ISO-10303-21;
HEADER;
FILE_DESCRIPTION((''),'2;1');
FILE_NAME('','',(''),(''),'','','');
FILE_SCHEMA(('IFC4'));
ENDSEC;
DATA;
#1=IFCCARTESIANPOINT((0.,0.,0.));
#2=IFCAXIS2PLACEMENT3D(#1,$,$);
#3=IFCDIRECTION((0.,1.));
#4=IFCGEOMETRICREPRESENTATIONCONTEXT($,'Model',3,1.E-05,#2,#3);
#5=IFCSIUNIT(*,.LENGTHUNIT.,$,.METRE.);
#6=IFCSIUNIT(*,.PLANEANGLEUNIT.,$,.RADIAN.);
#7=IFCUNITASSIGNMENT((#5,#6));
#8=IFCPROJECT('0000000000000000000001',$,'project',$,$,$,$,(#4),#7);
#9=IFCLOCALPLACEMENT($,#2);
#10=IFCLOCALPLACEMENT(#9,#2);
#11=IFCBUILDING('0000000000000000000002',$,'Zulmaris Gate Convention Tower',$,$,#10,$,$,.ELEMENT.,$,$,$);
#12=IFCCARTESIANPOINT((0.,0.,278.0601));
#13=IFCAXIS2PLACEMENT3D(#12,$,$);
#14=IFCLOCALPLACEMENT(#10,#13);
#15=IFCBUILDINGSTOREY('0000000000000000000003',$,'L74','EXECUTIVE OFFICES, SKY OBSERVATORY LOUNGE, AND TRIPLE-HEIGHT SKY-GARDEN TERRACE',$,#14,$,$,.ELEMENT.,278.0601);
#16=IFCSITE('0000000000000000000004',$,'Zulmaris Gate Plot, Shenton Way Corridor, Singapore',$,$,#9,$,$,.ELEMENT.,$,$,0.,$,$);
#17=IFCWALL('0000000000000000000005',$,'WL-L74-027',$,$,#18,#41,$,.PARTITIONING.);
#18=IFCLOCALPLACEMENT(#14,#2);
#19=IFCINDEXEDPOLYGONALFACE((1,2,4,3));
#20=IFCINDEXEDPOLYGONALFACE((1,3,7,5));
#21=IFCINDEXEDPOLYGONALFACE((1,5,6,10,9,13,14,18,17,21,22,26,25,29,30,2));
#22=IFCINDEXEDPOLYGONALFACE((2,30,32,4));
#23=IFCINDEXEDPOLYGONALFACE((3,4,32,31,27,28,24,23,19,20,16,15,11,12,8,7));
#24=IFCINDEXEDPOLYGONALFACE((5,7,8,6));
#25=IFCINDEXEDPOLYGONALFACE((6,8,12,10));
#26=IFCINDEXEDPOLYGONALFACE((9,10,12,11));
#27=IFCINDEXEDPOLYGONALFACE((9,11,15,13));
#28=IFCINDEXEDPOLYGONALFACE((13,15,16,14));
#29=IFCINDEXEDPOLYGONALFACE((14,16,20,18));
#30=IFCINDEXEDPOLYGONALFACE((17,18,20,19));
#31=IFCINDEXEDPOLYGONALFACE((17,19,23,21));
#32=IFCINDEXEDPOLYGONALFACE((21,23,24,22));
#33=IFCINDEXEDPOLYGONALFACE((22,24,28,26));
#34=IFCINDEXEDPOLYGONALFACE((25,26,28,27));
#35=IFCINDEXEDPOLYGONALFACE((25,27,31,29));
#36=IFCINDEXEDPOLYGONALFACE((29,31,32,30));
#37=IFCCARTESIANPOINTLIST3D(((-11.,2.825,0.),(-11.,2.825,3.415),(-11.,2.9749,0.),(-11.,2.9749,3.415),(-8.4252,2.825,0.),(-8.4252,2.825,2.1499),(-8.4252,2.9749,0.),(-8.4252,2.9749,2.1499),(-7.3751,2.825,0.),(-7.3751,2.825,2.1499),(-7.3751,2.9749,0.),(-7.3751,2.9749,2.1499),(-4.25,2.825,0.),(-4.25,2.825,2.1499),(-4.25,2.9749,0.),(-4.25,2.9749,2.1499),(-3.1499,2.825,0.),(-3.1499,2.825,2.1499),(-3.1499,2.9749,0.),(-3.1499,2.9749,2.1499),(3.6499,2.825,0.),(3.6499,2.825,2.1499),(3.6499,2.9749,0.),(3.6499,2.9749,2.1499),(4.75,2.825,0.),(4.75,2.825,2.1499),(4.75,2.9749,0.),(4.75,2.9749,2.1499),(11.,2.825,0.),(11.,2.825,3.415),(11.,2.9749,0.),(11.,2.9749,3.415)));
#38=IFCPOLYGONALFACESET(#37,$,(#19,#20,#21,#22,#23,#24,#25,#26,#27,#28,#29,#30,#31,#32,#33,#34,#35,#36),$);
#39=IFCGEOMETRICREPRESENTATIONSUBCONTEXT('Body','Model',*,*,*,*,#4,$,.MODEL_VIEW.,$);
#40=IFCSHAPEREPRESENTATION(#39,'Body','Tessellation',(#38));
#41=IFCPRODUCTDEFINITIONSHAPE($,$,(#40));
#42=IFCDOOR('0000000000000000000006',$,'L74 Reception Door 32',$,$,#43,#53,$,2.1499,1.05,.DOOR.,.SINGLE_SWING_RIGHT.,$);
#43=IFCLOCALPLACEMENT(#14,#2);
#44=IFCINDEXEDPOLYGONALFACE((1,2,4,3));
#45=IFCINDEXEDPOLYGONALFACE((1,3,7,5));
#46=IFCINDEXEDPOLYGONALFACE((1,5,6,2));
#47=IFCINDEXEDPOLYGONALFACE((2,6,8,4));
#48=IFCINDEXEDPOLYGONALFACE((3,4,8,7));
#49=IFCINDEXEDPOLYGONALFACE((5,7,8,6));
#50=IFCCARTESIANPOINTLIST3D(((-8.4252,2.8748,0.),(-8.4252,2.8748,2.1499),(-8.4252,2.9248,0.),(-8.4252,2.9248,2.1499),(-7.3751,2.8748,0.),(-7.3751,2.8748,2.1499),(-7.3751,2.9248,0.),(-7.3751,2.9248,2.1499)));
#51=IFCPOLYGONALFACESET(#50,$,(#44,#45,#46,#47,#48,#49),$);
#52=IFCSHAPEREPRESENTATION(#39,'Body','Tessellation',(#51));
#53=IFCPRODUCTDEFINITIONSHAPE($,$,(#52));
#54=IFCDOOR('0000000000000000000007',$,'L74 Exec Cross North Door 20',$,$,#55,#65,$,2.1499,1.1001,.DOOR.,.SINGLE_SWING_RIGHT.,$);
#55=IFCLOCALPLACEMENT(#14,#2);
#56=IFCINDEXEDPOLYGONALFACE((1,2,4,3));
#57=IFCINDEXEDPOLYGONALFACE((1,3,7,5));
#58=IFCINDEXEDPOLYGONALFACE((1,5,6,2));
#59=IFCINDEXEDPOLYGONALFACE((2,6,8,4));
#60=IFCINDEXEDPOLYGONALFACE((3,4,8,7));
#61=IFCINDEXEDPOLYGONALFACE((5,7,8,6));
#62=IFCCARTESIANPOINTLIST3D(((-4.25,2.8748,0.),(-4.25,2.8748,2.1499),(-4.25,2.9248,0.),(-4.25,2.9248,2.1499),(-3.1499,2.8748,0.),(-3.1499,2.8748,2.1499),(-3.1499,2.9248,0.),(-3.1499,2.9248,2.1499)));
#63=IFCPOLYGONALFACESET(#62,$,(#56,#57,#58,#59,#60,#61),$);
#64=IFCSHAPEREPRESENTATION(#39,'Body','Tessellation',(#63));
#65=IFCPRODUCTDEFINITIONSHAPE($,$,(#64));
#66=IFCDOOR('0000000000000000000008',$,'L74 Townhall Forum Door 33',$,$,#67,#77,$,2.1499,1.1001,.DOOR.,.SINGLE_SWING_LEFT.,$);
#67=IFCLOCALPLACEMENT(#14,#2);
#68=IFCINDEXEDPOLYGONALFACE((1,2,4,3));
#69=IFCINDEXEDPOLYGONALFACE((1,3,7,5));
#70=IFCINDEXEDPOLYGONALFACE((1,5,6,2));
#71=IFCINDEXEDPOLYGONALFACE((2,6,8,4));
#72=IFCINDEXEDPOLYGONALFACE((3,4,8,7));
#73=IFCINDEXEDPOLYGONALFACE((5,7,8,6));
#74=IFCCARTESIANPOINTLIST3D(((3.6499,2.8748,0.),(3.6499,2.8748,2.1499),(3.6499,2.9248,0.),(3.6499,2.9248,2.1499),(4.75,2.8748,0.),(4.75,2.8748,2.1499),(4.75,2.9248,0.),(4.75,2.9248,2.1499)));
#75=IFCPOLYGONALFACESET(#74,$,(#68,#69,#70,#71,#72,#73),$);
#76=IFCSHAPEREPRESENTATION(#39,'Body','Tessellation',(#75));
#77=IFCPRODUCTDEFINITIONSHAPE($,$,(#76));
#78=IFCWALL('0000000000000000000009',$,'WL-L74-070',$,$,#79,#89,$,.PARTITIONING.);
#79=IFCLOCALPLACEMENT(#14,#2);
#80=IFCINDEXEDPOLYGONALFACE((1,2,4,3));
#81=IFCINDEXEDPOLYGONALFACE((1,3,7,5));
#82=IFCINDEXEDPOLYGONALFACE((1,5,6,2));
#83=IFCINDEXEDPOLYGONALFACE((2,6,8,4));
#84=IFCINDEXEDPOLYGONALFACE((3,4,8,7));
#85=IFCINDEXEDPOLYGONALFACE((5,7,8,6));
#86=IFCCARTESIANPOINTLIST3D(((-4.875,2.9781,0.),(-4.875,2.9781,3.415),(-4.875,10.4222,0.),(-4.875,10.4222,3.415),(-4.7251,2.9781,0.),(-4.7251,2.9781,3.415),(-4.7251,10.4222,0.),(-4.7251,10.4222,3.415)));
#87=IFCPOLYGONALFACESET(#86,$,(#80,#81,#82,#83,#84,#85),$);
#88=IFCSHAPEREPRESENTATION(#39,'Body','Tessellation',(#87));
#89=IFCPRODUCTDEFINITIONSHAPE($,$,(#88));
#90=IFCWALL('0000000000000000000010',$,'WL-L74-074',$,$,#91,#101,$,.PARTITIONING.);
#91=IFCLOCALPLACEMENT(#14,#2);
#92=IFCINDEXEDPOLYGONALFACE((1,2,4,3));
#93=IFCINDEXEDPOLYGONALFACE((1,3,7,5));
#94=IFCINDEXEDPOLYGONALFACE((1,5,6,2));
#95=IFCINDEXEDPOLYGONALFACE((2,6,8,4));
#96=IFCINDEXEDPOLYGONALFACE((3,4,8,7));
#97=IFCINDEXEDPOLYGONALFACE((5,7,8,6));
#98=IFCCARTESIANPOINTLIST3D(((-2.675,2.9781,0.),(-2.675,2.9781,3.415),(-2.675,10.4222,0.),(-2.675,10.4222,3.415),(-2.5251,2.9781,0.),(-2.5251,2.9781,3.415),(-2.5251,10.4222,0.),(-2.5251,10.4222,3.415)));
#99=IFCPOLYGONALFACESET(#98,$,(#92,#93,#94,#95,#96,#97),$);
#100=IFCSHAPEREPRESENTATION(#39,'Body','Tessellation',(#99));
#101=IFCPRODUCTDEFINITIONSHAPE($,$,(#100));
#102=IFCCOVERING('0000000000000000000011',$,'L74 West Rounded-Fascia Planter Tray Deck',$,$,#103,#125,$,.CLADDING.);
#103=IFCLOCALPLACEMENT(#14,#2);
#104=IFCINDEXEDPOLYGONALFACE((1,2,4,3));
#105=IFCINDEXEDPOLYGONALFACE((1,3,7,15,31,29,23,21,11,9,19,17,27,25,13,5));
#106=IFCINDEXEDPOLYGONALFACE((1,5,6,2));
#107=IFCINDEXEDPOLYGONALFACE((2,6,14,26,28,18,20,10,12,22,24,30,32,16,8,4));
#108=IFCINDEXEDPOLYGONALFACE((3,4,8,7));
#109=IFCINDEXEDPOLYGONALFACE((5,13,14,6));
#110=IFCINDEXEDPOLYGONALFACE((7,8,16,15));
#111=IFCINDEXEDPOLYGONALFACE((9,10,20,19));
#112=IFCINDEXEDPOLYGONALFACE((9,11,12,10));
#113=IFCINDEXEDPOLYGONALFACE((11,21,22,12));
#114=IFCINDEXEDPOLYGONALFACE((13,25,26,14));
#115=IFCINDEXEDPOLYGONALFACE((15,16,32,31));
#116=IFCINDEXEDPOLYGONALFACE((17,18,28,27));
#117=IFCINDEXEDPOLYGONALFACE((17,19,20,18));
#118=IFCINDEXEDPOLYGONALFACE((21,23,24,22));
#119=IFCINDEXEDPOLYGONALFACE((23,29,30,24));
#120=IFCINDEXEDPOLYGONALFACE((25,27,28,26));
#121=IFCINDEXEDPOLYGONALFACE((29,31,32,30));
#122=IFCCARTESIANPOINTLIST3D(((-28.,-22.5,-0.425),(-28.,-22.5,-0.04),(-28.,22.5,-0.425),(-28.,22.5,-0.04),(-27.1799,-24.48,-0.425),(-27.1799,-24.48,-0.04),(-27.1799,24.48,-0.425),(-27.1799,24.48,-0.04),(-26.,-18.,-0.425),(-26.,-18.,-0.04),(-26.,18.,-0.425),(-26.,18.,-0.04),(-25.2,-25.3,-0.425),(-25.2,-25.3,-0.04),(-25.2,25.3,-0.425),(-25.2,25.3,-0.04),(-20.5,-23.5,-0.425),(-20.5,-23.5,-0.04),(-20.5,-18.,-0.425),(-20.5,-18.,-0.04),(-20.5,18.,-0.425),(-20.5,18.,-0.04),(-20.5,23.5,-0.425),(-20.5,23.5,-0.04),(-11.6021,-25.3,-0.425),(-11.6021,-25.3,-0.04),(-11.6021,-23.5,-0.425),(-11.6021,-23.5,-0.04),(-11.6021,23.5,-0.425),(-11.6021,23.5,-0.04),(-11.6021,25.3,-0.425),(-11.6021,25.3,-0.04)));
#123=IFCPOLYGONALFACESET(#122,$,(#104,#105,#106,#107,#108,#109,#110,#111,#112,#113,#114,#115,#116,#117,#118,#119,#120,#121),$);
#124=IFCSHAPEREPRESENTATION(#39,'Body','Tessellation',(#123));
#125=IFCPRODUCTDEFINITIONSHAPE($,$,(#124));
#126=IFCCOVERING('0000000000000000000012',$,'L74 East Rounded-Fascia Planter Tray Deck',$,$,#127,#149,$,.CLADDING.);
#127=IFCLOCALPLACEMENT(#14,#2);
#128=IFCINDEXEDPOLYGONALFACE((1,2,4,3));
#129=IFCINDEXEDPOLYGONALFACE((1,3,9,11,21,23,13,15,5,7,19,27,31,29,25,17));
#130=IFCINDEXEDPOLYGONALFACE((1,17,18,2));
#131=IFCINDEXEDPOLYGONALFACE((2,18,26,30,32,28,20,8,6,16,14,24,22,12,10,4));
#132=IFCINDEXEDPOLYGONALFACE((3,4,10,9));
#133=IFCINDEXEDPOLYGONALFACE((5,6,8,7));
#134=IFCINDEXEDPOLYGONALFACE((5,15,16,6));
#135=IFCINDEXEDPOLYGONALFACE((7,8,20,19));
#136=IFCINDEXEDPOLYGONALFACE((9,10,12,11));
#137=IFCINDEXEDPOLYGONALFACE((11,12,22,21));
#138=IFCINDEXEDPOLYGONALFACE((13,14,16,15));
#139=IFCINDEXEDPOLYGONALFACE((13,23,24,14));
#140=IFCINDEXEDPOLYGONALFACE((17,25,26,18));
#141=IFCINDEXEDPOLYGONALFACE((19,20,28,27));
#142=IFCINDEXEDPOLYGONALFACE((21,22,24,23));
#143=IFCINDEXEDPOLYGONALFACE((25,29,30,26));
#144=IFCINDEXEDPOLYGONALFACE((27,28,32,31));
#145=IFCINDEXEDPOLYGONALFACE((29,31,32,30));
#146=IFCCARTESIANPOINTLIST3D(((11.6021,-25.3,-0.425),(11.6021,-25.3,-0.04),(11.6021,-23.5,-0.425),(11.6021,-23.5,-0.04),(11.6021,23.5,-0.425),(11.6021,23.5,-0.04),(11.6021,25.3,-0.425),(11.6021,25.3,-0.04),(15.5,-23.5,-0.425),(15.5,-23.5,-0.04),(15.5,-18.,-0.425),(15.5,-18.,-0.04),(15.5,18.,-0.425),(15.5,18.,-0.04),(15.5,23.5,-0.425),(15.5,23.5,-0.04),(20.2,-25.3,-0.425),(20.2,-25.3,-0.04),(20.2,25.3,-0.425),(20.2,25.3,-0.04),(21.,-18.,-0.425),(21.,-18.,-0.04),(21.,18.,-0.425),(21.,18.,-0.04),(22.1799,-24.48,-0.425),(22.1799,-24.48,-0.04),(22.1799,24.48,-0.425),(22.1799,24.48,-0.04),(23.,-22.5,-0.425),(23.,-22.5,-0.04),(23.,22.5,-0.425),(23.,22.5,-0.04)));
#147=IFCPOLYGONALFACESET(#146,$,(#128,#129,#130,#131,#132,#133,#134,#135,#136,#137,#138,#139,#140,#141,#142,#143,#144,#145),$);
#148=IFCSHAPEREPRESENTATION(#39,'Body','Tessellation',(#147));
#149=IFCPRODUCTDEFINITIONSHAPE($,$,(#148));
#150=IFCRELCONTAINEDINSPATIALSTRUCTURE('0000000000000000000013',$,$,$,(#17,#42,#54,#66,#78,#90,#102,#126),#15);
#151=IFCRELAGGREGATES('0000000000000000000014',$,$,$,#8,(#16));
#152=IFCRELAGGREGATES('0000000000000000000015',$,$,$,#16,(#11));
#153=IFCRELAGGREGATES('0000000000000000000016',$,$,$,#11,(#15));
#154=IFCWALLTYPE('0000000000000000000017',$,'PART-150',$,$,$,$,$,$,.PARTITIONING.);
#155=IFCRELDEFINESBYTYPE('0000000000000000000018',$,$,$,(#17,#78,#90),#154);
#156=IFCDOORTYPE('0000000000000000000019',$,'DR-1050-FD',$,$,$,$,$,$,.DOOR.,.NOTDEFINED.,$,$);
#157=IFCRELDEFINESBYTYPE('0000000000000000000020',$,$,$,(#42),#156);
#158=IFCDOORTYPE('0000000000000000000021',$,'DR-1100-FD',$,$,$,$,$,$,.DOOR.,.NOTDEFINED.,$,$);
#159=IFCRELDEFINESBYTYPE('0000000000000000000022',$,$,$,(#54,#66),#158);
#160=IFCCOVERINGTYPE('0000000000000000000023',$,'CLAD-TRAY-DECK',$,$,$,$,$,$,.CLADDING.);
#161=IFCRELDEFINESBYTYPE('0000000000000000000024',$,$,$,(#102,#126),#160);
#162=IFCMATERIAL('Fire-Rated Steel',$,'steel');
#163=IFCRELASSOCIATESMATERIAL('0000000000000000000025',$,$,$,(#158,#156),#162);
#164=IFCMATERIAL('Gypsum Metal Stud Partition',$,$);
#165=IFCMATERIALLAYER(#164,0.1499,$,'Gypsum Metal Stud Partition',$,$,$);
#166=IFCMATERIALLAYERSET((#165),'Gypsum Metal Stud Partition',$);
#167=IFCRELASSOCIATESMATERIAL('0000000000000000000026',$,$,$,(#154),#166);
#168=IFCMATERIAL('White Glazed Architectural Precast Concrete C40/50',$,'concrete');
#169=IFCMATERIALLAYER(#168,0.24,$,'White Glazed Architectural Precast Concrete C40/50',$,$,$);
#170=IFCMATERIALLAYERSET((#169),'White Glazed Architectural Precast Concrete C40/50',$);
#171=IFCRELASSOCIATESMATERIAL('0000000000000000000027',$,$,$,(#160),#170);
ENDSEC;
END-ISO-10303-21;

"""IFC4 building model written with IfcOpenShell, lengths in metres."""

from ifc_helpers import new_model, si_unit, direction, frame, frame_2d, origin, place, context, subcontext, project, spatial, polyline, rectangle, outline, extrude, material, layer, layer_set, type_object, element, fill, save


model = new_model("IFC4")

# Units and contexts
model_context = context("Model", 3, precision=1e-05, world=origin(), true_north=direction((0.0, 1.0)))
body_context = subcontext(model_context, "Body", "Model", "MODEL_VIEW")
ifc_project = project(units=[si_unit("LENGTHUNIT", "METRE"), si_unit("PLANEANGLEUNIT", "RADIAN")], contexts=[model_context])

# Site, building, storey
site_placement = place(None, origin())
site = spatial("IfcSite", under=ifc_project, at=site_placement, Name="Zulmaris Gate Plot, Shenton Way Corridor, Singapore", CompositionType="ELEMENT", RefElevation=0.0)
building_placement = place(site_placement, origin())
building = spatial("IfcBuilding", under=site, at=building_placement, Name="Zulmaris Gate Convention Tower", CompositionType="ELEMENT")
storey_placement = place(building_placement, frame((0.0, 0.0, 278.0601)))
storey = spatial("IfcBuildingStorey", under=building, at=storey_placement, Name="L74", Description="EXECUTIVE OFFICES, SKY OBSERVATORY LOUNGE, AND TRIPLE-HEIGHT SKY-GARDEN TERRACE", CompositionType="ELEMENT", Elevation=278.0601)

# Shared definitions
ifc_material_1 = material(Name="Fire-Rated Steel", Category="steel")
door_type_1 = type_object("IfcDoorType", Name="DR-1100-FD", OperationType="NOTDEFINED", PredefinedType="DOOR", material=ifc_material_1)

# Wall, openings, doors
ifc_material_2 = material(Name="Gypsum Metal Stud Partition")
ifc_layer_1 = layer(ifc_material_2, 0.1499, Name="Gypsum Metal Stud Partition")
ifc_layer_set_1 = layer_set([ifc_layer_1], Name="Gypsum Metal Stud Partition")
wall_type_1 = type_object("IfcWallType", Name="PART-150", PredefinedType="PARTITIONING", material=ifc_layer_set_1)
wall_1_placement = place(storey_placement, frame((-11.0, 2.8999, 0.0), z_axis=(0.0, 0.0, 1.0), x_axis=(1.0, 0.0, 0.0)))
wall_1 = element("IfcWall", 1, at=wall_1_placement, inside=storey, type_object=wall_type_1, Name="WL-L74-027", PredefinedType="PARTITIONING", context=body_context, shape_type="SweptSolid", body=[
    extrude(rectangle(XDim=22.0, YDim=0.1499, at=frame_2d((11.0, 0.0))), origin(), (0.0, 0.0, 1.0), 3.415),
])
opening_1_placement = place(wall_1_placement, frame((6.75, 0.0, 0.0)))
opening_1 = element("IfcOpeningElement", 2, at=opening_1_placement, cuts=wall_1, PredefinedType="OPENING", context=body_context, shape_type="SweptSolid", body=[
    extrude(rectangle(XDim=1.1001, YDim=2.1499, at=frame_2d((0.55, 1.075))), frame((0.0, 0.085, 0.0), z_axis=(0.0, -1.0, 0.0), x_axis=(1.0, 0.0, 0.0)), (0.0, 0.0, 1.0), 0.1699),
])
opening_2_placement = place(wall_1_placement, frame((2.575, 0.0, 0.0)))
opening_2 = element("IfcOpeningElement", 3, at=opening_2_placement, cuts=wall_1, PredefinedType="OPENING", context=body_context, shape_type="SweptSolid", body=[
    extrude(rectangle(XDim=1.05, YDim=2.1499, at=frame_2d((0.5249, 1.075))), frame((0.0, 0.085, 0.0), z_axis=(0.0, -1.0, 0.0), x_axis=(1.0, 0.0, 0.0)), (0.0, 0.0, 1.0), 0.1699),
])
opening_3_placement = place(wall_1_placement, frame((14.6499, 0.0, 0.0)))
opening_3 = element("IfcOpeningElement", 4, at=opening_3_placement, cuts=wall_1, PredefinedType="OPENING", context=body_context, shape_type="SweptSolid", body=[
    extrude(rectangle(XDim=1.1001, YDim=2.1499, at=frame_2d((0.55, 1.075))), frame((0.0, 0.085, 0.0), z_axis=(0.0, -1.0, 0.0), x_axis=(1.0, 0.0, 0.0)), (0.0, 0.0, 1.0), 0.1699),
])
door_type_2 = type_object("IfcDoorType", Name="DR-1050-FD", OperationType="NOTDEFINED", PredefinedType="DOOR", material=ifc_material_1)
door_1_placement = place(opening_2_placement, origin())
door_1 = element("IfcDoor", 5, at=door_1_placement, inside=storey, type_object=door_type_2, Name="L74 Reception Door 32", OperationType="SINGLE_SWING_RIGHT", OverallHeight=2.1499, OverallWidth=1.05, PredefinedType="DOOR", context=body_context, shape_type="SweptSolid", body=[
    extrude(rectangle(XDim=1.05, YDim=2.1499, at=frame_2d((0.5249, 1.075))), frame((0.0, 0.0249, 0.0), z_axis=(0.0, -1.0, 0.0), x_axis=(1.0, 0.0, 0.0)), (0.0, 0.0, 1.0), 0.05),
])
fill(opening_2, door_1)
door_2_placement = place(opening_1_placement, origin())
door_2 = element("IfcDoor", 6, at=door_2_placement, inside=storey, type_object=door_type_1, Name="L74 Exec Cross North Door 20", OperationType="SINGLE_SWING_RIGHT", OverallHeight=2.1499, OverallWidth=1.1001, PredefinedType="DOOR", context=body_context, shape_type="SweptSolid", body=[
    extrude(rectangle(XDim=1.1001, YDim=2.1499, at=frame_2d((0.55, 1.075))), frame((0.0, 0.0249, 0.0), z_axis=(0.0, -1.0, 0.0), x_axis=(1.0, 0.0, 0.0)), (0.0, 0.0, 1.0), 0.05),
])
fill(opening_1, door_2)
door_3_placement = place(opening_3_placement, origin())
door_3 = element("IfcDoor", 7, at=door_3_placement, inside=storey, type_object=door_type_1, Name="L74 Townhall Forum Door 33", OperationType="SINGLE_SWING_LEFT", OverallHeight=2.1499, OverallWidth=1.1001, PredefinedType="DOOR", context=body_context, shape_type="SweptSolid", body=[
    extrude(rectangle(XDim=1.1001, YDim=2.1499, at=frame_2d((0.55, 1.075))), frame((0.0, 0.0249, 0.0), z_axis=(0.0, -1.0, 0.0), x_axis=(1.0, 0.0, 0.0)), (0.0, 0.0, 1.0), 0.05),
])
fill(opening_3, door_3)

# Walls
for number, where, z_axis, x_axis, name in (
    (8, (-4.8, 2.978, 0.0), (0.0, 0.0, 1.0), (0.0, 1.0, 0.0), "WL-L74-070"),
    (9, (-2.6001, 2.978, 0.0), (0.0, 0.0, 1.0), (0.0, 1.0, 0.0), "WL-L74-074"),
):
    element("IfcWall", number, at=place(storey_placement, frame(where, z_axis=z_axis, x_axis=x_axis)), inside=storey, type_object=wall_type_1, Name=name, PredefinedType="PARTITIONING", context=body_context, shape_type="SweptSolid", body=[
        extrude(rectangle(XDim=7.4441, YDim=0.1499, at=frame_2d((3.7222, 0.0))), origin(), (0.0, 0.0, 1.0), 3.415),
    ])

# Coverings
ifc_material_3 = material(Name="White Glazed Architectural Precast Concrete C40/50", Category="concrete")
ifc_layer_2 = layer(ifc_material_3, 0.24, Name="White Glazed Architectural Precast Concrete C40/50")
ifc_layer_set_2 = layer_set([ifc_layer_2], Name="White Glazed Architectural Precast Concrete C40/50")
covering_type = type_object("IfcCoveringType", Name="CLAD-TRAY-DECK", PredefinedType="CLADDING", material=ifc_layer_set_2)
covering_1_placement = place(storey_placement, frame((0.0, 0.0, -0.425)))
element("IfcCovering", 10, at=covering_1_placement, inside=storey, type_object=covering_type, Name="L74 West Rounded-Fascia Planter Tray Deck", PredefinedType="CLADDING", context=body_context, shape_type="SweptSolid", body=[
    extrude(outline(polyline([(-28.0, 22.5), (-27.1799, 24.48), (-25.2, 25.3), (-11.6021, 25.3), (-11.6021, 23.5), (-20.5, 23.5), (-20.5, 18.0), (-26.0, 18.0), (-26.0, -18.0), (-20.5, -18.0), (-20.5, -23.5), (-11.6021, -23.5), (-11.6021, -25.3), (-25.2, -25.3), (-27.1799, -24.48), (-28.0, -22.5), (-28.0, 22.5)])), origin(), (0.0, 0.0, 1.0), 0.385),
])
covering_2_placement = place(storey_placement, frame((0.0, 0.0, -0.425)))
element("IfcCovering", 11, at=covering_2_placement, inside=storey, type_object=covering_type, Name="L74 East Rounded-Fascia Planter Tray Deck", PredefinedType="CLADDING", context=body_context, shape_type="SweptSolid", body=[
    extrude(outline(polyline([(20.2, 25.3), (22.1799, 24.48), (23.0, 22.5), (23.0, -22.5), (22.1799, -24.48), (20.2, -25.3), (11.6021, -25.3), (11.6021, -23.5), (15.5, -23.5), (15.5, -18.0), (21.0, -18.0), (21.0, 18.0), (15.5, 18.0), (15.5, 23.5), (11.6021, 23.5), (11.6021, 25.3), (20.2, 25.3)])), origin(), (0.0, 0.0, 1.0), 0.385),
])

save(model, "model.ifc")
